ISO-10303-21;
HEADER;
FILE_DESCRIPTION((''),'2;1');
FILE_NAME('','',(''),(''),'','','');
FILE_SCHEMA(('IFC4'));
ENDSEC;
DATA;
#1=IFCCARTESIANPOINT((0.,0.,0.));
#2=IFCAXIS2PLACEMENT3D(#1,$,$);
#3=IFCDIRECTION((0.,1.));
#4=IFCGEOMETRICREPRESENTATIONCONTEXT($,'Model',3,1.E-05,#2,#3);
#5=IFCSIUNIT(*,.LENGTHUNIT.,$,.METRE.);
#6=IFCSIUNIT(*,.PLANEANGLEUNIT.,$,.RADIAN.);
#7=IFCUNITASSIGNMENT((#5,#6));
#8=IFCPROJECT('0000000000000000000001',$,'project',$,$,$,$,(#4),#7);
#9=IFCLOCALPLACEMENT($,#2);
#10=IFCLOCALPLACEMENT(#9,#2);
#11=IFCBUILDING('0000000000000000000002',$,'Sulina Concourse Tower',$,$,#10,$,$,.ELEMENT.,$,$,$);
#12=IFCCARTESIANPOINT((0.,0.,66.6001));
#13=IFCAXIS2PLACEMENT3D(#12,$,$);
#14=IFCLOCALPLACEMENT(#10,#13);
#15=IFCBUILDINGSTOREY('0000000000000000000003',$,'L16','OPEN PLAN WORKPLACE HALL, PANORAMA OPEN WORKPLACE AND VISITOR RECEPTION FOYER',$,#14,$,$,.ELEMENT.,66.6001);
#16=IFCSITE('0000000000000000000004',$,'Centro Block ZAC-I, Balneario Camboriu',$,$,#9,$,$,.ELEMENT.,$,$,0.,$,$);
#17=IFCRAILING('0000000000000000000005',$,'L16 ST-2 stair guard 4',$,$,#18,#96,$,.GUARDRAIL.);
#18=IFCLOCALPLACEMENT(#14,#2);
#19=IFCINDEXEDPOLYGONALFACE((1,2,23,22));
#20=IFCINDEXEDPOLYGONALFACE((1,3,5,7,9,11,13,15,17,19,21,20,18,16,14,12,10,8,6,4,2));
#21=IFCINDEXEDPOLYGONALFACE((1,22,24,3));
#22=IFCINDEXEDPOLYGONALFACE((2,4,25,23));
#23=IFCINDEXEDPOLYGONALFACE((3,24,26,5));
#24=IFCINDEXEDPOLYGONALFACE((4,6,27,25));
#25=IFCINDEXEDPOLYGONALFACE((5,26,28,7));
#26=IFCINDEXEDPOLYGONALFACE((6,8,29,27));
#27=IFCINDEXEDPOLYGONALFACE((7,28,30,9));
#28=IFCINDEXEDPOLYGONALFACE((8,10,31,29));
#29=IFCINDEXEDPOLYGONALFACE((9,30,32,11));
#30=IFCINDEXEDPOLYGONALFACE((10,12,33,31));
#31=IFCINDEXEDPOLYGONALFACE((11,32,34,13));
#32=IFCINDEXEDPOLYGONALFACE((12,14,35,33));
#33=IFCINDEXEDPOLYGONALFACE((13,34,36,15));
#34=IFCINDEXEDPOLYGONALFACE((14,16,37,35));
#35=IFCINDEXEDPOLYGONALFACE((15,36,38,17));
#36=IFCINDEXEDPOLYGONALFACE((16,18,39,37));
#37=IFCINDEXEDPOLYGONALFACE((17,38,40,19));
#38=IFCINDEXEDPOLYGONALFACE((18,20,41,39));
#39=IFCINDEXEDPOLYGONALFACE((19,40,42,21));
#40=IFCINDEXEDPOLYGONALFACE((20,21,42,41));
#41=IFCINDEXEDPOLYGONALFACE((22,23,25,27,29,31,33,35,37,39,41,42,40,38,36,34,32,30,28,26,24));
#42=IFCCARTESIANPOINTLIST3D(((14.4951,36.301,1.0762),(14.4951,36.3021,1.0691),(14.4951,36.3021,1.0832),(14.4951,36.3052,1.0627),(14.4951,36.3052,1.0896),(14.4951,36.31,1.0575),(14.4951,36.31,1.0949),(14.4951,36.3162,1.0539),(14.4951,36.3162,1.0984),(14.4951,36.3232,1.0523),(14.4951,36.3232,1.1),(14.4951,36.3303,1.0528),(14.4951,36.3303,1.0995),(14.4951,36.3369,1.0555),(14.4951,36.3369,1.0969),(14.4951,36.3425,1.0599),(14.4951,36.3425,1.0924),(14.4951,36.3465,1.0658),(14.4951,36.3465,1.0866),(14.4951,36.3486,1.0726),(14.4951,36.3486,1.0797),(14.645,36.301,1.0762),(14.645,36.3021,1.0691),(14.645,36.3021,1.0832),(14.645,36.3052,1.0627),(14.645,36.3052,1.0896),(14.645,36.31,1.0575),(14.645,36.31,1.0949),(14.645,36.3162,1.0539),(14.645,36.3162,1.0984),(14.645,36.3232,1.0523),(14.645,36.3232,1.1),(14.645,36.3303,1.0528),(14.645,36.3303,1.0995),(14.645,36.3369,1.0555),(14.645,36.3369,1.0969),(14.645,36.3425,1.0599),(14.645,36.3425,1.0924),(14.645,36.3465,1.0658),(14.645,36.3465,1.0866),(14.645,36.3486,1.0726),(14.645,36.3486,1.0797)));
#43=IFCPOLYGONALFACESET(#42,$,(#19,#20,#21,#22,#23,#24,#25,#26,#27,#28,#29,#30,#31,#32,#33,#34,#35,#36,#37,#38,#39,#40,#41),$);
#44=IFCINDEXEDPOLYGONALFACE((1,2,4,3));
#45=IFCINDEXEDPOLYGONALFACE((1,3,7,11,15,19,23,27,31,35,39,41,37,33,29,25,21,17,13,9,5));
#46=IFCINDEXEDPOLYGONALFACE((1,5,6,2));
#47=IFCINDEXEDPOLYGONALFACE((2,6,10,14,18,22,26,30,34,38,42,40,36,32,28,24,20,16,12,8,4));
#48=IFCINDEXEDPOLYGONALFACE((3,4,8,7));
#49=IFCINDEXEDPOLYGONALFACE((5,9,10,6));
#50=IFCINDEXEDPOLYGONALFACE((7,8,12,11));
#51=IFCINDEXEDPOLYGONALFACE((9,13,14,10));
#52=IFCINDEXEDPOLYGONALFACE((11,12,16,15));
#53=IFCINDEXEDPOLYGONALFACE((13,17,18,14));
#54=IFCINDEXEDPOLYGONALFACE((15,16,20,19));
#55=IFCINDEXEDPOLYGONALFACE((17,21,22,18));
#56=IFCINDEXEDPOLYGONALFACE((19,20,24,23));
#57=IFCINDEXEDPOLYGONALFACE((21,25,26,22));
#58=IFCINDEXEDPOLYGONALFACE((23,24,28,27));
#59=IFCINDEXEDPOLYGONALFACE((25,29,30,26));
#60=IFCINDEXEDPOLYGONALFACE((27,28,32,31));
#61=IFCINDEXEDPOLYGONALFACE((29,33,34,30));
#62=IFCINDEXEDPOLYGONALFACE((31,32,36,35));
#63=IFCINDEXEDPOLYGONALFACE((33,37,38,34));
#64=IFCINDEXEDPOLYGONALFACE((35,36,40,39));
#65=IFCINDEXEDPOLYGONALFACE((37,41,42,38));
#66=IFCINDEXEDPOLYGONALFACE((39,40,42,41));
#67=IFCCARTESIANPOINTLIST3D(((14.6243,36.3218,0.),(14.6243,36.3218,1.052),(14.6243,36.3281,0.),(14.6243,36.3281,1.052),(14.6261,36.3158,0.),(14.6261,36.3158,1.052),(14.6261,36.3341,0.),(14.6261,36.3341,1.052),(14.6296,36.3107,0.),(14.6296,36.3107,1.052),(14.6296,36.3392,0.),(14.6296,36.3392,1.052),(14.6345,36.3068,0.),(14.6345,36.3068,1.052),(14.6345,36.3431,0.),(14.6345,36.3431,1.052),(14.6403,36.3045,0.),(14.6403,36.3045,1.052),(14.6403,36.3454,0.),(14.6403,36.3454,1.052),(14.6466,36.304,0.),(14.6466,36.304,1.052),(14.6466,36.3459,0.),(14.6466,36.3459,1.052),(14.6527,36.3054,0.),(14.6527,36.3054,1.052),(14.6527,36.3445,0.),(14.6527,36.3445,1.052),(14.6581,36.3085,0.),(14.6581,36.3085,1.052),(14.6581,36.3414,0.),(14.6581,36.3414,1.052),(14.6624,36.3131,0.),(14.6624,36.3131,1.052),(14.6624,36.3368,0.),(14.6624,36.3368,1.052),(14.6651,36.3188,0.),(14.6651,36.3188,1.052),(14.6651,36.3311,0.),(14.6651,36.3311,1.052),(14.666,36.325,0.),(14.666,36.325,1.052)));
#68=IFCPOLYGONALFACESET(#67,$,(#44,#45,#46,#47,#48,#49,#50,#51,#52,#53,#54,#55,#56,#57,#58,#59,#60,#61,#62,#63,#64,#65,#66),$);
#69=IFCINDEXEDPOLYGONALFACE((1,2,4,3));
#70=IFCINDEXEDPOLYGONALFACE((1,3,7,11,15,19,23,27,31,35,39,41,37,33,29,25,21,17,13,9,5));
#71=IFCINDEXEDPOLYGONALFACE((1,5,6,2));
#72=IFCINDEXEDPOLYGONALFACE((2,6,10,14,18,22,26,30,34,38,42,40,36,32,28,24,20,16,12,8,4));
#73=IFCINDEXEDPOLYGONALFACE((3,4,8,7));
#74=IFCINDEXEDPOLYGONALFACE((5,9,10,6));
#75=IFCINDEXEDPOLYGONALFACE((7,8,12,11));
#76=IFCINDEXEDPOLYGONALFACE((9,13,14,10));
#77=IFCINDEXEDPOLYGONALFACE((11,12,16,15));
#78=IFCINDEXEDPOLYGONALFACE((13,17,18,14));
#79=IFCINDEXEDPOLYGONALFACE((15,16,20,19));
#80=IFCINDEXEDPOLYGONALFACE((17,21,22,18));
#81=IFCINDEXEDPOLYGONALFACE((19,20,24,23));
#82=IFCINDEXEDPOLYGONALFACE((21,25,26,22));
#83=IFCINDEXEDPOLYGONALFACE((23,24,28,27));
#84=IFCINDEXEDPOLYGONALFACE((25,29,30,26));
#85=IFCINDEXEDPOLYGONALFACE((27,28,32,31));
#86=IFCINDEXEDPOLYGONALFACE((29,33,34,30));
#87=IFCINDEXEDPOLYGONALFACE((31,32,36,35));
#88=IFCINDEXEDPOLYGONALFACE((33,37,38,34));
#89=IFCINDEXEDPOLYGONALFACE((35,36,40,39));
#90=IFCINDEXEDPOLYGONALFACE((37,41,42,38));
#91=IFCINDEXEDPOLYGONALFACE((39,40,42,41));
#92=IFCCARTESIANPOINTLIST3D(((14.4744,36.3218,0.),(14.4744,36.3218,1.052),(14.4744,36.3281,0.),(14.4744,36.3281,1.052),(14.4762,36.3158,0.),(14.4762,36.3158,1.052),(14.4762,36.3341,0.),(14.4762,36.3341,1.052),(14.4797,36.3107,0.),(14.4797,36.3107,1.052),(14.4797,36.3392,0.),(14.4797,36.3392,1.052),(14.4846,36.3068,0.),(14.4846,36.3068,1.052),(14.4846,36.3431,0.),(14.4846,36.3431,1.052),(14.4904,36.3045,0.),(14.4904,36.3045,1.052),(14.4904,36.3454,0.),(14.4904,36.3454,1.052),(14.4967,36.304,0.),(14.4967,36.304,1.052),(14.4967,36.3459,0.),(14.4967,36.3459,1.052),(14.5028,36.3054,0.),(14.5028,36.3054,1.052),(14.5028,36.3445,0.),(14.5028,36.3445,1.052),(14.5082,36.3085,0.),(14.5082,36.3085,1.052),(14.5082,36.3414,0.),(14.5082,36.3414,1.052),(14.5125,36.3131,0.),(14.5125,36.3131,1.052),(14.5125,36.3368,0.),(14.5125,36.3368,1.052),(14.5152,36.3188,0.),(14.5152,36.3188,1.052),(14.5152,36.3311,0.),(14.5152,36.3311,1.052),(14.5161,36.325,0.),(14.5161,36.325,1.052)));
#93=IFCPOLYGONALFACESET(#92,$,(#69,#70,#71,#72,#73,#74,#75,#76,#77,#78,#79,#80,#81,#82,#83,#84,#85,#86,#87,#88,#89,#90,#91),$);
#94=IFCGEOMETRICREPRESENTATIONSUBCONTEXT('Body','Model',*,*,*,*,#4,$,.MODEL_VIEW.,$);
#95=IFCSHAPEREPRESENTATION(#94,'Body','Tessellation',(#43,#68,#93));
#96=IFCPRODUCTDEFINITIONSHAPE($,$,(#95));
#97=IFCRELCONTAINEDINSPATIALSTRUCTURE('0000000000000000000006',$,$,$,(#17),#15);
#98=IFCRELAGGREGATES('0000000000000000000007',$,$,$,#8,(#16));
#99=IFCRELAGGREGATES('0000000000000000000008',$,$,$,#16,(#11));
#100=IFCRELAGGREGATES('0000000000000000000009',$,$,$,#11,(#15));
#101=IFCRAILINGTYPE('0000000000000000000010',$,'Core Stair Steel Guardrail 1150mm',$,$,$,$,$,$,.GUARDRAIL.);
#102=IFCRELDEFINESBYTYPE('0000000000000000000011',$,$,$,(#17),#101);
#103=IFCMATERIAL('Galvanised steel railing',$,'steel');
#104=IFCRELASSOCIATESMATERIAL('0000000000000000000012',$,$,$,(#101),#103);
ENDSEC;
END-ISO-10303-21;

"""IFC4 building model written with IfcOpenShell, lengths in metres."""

from ifc_helpers import new_model, si_unit, direction, frame, origin, origin_2d, place, context, subcontext, project, spatial, circle, extrude, material, type_object, element, save


model = new_model("IFC4")

# Units and contexts
model_context = context("Model", 3, precision=1e-05, world=origin(), true_north=direction((0.0, 1.0)))
body_context = subcontext(model_context, "Body", "Model", "MODEL_VIEW")
ifc_project = project(units=[si_unit("LENGTHUNIT", "METRE"), si_unit("PLANEANGLEUNIT", "RADIAN")], contexts=[model_context])

# Site, building, storey
site_placement = place(None, origin())
site = spatial("IfcSite", under=ifc_project, at=site_placement, Name="Centro Block ZAC-I, Balneario Camboriu", CompositionType="ELEMENT", RefElevation=0.0)
building_placement = place(site_placement, origin())
building = spatial("IfcBuilding", under=site, at=building_placement, Name="Sulina Concourse Tower", CompositionType="ELEMENT")
storey_placement = place(building_placement, frame((0.0, 0.0, 66.6001)))
storey = spatial("IfcBuildingStorey", under=building, at=storey_placement, Name="L16", Description="OPEN PLAN WORKPLACE HALL, PANORAMA OPEN WORKPLACE AND VISITOR RECEPTION FOYER", CompositionType="ELEMENT", Elevation=66.6001)

# Railing
ifc_material_1 = material(Name="Galvanised steel railing", Category="steel")
railing_type_1 = type_object("IfcRailingType", Name="Core Stair Steel Guardrail 1150mm", PredefinedType="GUARDRAIL", material=ifc_material_1)
railing_1_placement = place(storey_placement, frame((14.645, 36.325, 0.0)))
element("IfcRailing", 1, at=railing_1_placement, inside=storey, type_object=railing_type_1, Name="L16 ST-2 stair guard 4", PredefinedType="GUARDRAIL", context=body_context, shape_type="SweptSolid", body=[
    extrude(circle(Radius=0.0239, at=origin_2d()), frame((0.0, 0.0, 1.0762), z_axis=(-1.0, 0.0, 0.0), x_axis=(0.0, -1.0, 0.0)), (0.0, 0.0, 1.0), 0.1499),
    extrude(circle(Radius=0.021, at=origin_2d()), origin(), (0.0, 0.0, 1.0), 1.052),
    extrude(circle(Radius=0.021, at=origin_2d()), frame((-0.1499, 0.0, 0.0)), (0.0, 0.0, 1.0), 1.052),
])

save(model, "model.ifc")
